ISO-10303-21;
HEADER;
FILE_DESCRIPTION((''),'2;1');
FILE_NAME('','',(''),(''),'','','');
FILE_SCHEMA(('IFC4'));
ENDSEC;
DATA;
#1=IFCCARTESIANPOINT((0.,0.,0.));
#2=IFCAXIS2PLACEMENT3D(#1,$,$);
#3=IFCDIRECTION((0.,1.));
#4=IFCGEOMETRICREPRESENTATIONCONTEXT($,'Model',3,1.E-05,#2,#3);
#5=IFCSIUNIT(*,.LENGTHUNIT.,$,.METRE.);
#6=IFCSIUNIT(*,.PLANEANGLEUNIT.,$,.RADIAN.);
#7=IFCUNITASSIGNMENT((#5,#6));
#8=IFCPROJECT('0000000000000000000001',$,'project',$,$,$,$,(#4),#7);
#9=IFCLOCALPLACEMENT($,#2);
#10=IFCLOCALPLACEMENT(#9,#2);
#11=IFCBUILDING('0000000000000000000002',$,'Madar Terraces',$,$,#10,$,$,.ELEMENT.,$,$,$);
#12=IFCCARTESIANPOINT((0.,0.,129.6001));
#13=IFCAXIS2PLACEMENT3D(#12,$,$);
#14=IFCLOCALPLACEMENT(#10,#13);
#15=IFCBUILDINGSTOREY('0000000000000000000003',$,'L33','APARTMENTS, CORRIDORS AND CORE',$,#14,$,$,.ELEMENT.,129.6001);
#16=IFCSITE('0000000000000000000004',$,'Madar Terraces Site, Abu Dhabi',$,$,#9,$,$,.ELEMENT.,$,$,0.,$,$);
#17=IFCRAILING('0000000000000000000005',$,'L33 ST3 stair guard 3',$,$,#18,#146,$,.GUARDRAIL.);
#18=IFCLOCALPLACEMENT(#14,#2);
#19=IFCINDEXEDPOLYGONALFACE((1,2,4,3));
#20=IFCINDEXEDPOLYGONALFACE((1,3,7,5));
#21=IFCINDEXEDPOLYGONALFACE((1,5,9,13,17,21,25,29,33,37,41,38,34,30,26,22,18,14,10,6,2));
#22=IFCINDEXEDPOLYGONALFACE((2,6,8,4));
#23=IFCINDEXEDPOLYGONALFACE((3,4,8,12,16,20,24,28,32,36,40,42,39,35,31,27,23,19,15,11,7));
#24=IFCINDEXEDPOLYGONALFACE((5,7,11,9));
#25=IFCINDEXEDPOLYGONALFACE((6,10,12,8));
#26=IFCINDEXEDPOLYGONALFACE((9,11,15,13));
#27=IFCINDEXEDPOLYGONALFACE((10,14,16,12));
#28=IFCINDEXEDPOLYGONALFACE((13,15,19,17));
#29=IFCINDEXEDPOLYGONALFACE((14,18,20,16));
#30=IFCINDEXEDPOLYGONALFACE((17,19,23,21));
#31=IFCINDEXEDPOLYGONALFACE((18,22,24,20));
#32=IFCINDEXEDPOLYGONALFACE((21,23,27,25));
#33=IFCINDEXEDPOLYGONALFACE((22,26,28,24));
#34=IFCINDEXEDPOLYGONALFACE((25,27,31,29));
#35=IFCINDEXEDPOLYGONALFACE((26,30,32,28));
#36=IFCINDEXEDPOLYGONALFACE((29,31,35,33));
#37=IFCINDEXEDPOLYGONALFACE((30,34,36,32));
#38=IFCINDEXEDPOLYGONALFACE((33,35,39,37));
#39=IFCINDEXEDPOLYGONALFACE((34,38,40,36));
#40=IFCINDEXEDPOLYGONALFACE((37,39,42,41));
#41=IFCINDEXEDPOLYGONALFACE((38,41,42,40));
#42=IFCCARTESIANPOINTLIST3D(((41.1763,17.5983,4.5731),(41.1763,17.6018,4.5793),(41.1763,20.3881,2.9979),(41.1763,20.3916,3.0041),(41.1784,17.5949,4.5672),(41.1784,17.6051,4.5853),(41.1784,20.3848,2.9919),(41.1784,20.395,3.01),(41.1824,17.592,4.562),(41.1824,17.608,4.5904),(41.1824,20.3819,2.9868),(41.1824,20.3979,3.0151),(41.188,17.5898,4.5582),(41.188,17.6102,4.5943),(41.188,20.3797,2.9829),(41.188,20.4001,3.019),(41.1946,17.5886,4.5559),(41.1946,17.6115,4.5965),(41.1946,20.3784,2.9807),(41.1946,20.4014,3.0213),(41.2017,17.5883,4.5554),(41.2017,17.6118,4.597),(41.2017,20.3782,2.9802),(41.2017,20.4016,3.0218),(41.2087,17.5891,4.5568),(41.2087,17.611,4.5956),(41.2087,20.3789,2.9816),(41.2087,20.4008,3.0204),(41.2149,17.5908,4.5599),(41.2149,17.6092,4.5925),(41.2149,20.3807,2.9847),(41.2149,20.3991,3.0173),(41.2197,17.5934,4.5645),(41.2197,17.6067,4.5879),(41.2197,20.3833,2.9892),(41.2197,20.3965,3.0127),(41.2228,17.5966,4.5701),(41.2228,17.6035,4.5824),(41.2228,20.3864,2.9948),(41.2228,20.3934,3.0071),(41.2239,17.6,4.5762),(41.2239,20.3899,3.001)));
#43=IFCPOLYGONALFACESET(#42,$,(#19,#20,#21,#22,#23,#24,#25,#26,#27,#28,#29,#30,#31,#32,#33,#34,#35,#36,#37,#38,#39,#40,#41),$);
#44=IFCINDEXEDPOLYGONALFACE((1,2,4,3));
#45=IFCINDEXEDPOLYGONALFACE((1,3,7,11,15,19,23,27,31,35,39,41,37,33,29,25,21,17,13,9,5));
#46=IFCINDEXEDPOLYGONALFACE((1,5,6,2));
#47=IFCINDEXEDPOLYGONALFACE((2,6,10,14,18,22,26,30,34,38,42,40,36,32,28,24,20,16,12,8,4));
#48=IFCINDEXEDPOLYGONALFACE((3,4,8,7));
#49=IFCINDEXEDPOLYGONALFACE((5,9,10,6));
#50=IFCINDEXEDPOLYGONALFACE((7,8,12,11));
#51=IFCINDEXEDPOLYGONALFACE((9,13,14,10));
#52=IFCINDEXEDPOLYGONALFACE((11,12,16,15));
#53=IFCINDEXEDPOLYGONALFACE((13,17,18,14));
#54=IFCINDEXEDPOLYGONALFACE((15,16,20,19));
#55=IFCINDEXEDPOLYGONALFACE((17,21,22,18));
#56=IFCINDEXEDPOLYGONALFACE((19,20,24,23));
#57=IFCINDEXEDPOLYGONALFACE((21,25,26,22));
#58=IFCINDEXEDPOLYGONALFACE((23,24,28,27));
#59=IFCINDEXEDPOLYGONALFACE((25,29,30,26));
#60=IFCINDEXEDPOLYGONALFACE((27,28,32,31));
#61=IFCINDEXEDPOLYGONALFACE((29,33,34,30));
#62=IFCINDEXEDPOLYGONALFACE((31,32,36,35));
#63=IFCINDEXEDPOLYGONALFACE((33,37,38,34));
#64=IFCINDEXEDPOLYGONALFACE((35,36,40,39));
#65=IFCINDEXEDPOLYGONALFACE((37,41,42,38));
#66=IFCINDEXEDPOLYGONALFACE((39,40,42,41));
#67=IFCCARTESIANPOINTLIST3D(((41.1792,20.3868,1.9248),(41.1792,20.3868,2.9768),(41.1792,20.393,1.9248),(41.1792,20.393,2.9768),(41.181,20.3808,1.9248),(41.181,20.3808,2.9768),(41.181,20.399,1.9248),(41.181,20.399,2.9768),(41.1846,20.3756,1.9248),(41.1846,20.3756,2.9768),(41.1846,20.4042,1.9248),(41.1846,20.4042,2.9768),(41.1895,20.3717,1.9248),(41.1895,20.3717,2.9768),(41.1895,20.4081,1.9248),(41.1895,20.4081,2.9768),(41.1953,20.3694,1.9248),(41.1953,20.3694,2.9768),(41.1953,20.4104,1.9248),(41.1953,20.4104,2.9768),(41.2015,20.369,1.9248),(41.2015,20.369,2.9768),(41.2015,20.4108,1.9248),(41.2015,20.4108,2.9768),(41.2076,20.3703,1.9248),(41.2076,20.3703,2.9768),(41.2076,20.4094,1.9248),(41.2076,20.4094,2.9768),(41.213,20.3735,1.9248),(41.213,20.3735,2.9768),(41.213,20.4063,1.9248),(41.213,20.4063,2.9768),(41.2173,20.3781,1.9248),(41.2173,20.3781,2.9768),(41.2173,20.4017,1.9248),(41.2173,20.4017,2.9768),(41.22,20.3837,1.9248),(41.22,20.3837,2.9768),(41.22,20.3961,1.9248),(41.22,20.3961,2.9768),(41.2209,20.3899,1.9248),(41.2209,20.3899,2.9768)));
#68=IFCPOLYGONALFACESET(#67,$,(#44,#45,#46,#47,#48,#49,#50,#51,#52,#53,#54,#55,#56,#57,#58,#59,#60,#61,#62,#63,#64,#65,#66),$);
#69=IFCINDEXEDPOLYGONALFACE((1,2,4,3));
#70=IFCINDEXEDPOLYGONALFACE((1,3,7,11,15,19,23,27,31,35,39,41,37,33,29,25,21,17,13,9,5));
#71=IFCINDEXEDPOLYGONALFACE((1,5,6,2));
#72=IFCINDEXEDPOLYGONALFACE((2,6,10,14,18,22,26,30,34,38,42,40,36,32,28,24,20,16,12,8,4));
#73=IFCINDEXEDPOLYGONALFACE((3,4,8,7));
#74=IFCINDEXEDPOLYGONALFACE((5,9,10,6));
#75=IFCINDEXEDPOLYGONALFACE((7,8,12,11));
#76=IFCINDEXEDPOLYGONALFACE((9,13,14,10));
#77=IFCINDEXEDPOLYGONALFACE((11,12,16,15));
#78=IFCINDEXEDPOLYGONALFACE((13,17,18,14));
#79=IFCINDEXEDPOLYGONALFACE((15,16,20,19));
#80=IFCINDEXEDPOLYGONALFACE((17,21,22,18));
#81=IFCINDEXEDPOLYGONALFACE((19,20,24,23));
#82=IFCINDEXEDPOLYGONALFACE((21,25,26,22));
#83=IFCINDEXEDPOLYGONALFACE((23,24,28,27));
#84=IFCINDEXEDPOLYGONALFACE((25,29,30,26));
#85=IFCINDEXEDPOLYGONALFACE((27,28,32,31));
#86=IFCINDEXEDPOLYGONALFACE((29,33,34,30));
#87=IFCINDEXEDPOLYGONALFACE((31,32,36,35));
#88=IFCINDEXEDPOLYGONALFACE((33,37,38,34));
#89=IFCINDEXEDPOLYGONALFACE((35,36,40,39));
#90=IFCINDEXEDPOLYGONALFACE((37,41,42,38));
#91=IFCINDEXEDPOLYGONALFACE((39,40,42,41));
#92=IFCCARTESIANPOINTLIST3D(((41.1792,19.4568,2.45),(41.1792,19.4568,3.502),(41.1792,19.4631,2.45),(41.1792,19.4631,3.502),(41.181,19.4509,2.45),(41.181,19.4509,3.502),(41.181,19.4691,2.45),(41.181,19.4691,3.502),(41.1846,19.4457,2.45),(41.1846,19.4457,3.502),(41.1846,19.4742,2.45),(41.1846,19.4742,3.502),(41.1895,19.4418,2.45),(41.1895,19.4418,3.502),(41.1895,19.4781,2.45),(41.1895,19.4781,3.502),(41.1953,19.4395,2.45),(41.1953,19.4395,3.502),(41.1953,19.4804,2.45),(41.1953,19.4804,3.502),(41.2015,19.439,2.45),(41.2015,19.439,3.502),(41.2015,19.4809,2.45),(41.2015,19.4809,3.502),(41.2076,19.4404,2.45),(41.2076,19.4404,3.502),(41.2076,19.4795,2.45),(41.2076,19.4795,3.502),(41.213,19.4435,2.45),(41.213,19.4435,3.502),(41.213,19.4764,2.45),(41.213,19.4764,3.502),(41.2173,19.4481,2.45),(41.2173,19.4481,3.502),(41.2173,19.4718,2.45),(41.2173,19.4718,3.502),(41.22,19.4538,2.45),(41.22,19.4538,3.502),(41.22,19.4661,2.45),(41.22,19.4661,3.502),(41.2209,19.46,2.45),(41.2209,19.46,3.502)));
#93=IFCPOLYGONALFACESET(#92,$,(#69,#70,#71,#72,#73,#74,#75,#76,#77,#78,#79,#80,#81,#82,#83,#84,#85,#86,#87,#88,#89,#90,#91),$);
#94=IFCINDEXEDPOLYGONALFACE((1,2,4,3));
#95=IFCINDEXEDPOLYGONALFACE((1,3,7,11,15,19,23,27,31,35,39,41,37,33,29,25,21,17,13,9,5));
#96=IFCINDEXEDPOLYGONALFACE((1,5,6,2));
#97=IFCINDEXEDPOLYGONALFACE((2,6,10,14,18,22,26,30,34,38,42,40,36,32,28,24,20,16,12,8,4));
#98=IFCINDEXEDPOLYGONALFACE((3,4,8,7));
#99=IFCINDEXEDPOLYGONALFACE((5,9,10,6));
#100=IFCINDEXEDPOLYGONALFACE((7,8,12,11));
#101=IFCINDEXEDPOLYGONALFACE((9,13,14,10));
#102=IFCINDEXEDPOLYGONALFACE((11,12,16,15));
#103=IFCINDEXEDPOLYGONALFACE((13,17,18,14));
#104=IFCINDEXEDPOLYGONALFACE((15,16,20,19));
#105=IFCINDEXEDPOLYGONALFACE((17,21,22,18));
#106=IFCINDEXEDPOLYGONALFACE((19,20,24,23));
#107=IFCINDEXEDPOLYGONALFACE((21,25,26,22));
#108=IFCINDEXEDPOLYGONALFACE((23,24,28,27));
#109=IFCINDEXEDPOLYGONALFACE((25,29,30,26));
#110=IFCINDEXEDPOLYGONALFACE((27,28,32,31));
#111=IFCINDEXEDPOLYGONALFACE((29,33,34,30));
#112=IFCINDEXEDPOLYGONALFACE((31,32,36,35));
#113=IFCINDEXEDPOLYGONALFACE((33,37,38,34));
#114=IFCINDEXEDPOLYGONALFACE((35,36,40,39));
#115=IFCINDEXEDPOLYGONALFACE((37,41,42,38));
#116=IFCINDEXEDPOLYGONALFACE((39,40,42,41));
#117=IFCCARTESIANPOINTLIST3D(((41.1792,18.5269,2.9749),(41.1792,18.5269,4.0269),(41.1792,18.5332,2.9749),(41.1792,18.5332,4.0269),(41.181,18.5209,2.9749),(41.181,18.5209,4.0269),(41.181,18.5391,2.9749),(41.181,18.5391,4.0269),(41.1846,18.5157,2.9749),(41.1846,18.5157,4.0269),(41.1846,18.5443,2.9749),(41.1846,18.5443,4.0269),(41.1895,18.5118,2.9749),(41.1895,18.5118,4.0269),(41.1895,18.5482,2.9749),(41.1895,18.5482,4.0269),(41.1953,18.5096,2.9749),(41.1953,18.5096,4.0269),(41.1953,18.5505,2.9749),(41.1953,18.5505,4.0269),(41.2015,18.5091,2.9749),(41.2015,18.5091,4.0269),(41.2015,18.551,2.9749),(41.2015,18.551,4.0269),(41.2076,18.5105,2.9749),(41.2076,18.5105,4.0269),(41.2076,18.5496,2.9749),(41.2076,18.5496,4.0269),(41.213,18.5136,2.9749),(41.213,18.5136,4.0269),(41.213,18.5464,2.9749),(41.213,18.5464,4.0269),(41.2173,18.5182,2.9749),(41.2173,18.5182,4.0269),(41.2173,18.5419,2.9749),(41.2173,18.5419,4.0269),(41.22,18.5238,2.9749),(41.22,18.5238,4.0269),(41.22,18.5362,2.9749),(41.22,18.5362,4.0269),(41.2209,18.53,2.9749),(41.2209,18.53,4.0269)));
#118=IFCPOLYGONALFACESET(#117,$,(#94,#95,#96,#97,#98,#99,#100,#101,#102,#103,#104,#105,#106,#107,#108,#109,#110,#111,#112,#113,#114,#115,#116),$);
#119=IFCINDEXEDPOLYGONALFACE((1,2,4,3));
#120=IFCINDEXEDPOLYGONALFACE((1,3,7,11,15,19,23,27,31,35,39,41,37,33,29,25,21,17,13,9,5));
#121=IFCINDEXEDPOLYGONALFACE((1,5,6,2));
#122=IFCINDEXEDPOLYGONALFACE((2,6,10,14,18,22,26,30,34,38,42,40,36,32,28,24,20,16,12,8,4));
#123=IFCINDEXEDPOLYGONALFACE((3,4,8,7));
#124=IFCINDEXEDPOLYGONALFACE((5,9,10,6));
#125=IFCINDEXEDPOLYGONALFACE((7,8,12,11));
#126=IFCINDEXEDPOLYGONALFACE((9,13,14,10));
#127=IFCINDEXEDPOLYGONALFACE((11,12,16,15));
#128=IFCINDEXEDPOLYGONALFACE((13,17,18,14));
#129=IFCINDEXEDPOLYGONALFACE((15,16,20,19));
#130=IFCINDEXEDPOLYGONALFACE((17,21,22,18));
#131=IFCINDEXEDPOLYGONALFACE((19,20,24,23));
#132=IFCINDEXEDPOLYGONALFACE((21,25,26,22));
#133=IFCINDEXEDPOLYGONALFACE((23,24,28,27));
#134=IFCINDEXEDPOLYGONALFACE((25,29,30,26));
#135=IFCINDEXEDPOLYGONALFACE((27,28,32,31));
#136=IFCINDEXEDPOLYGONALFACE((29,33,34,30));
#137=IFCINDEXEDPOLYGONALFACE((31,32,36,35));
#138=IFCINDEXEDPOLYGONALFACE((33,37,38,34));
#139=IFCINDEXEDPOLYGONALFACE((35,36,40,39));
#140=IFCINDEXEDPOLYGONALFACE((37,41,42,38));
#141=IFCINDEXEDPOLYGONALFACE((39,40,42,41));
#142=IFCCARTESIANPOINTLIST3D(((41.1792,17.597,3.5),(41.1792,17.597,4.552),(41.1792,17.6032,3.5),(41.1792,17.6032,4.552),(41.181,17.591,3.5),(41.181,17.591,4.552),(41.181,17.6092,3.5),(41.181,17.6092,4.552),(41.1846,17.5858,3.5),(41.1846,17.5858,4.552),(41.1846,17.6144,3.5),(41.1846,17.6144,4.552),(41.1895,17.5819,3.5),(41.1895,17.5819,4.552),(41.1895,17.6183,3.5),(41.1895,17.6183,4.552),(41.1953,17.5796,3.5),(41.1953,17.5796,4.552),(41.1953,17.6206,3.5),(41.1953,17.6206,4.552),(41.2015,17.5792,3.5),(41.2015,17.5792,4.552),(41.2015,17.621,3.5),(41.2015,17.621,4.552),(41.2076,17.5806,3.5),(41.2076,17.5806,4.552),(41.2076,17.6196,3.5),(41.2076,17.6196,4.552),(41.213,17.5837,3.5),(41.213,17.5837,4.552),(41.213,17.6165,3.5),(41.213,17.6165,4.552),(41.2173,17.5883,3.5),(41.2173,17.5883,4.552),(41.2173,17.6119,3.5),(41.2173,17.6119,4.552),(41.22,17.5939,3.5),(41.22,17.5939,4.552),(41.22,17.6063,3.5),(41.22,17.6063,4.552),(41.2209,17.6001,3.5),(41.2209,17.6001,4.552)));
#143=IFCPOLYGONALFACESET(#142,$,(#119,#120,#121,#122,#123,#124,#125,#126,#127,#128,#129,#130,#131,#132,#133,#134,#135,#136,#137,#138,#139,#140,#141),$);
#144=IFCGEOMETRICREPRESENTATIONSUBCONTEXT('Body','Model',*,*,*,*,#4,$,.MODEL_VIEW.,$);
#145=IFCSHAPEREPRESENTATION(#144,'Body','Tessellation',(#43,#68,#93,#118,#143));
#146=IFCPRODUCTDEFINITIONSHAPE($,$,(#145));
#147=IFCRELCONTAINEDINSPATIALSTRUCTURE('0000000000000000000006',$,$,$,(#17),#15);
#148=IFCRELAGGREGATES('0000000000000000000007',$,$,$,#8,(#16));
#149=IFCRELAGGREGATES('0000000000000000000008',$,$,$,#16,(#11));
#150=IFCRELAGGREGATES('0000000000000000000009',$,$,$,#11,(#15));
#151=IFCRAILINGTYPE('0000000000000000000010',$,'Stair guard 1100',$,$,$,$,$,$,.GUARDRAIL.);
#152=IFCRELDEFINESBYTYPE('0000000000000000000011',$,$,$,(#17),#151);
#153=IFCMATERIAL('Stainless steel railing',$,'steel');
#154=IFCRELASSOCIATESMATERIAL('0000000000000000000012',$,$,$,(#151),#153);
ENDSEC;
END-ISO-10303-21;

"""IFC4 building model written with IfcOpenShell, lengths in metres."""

from ifc_helpers import new_model, si_unit, direction, frame, origin, origin_2d, place, context, subcontext, project, spatial, circle, extrude, material, type_object, element, save


model = new_model("IFC4")

# Units and contexts
model_context = context("Model", 3, precision=1e-05, world=origin(), true_north=direction((0.0, 1.0)))
body_context = subcontext(model_context, "Body", "Model", "MODEL_VIEW")
ifc_project = project(units=[si_unit("LENGTHUNIT", "METRE"), si_unit("PLANEANGLEUNIT", "RADIAN")], contexts=[model_context])

# Site, building, storey
site_placement = place(None, origin())
site = spatial("IfcSite", under=ifc_project, at=site_placement, Name="Madar Terraces Site, Abu Dhabi", CompositionType="ELEMENT", RefElevation=0.0)
building_placement = place(site_placement, origin())
building = spatial("IfcBuilding", under=site, at=building_placement, Name="Madar Terraces", CompositionType="ELEMENT")
storey_placement = place(building_placement, frame((0.0, 0.0, 129.6001)))
storey = spatial("IfcBuildingStorey", under=building, at=storey_placement, Name="L33", Description="APARTMENTS, CORRIDORS AND CORE", CompositionType="ELEMENT", Elevation=129.6001)

# Railing
ifc_material_1 = material(Name="Stainless steel railing", Category="steel")
railing_type_1 = type_object("IfcRailingType", Name="Stair guard 1100", PredefinedType="GUARDRAIL", material=ifc_material_1)
railing_1_placement = place(storey_placement, frame((41.2, 20.3899, 1.9248)))
element("IfcRailing", 1, at=railing_1_placement, inside=storey, type_object=railing_type_1, Name="L33 ST3 stair guard 3", PredefinedType="GUARDRAIL", context=body_context, shape_type="SweptSolid", body=[
    extrude(circle(Radius=0.0239, at=origin_2d()), frame((0.0, 0.0, 1.0762), z_axis=(0.0, -0.870783, 0.491668), x_axis=(1.0, 0.0, 0.0)), (0.0, 0.0, 1.0), 3.2039),
    extrude(circle(Radius=0.021, at=origin_2d()), origin(), (0.0, 0.0, 1.0), 1.052),
    extrude(circle(Radius=0.021, at=origin_2d()), frame((0.0, -0.9299, 0.5251)), (0.0, 0.0, 1.0), 1.052),
    extrude(circle(Radius=0.021, at=origin_2d()), frame((0.0, -1.8599, 1.05)), (0.0, 0.0, 1.0), 1.052),
    extrude(circle(Radius=0.021, at=origin_2d()), frame((0.0, -2.7898, 1.5752)), (0.0, 0.0, 1.0), 1.052),
])

save(model, "model.ifc")
